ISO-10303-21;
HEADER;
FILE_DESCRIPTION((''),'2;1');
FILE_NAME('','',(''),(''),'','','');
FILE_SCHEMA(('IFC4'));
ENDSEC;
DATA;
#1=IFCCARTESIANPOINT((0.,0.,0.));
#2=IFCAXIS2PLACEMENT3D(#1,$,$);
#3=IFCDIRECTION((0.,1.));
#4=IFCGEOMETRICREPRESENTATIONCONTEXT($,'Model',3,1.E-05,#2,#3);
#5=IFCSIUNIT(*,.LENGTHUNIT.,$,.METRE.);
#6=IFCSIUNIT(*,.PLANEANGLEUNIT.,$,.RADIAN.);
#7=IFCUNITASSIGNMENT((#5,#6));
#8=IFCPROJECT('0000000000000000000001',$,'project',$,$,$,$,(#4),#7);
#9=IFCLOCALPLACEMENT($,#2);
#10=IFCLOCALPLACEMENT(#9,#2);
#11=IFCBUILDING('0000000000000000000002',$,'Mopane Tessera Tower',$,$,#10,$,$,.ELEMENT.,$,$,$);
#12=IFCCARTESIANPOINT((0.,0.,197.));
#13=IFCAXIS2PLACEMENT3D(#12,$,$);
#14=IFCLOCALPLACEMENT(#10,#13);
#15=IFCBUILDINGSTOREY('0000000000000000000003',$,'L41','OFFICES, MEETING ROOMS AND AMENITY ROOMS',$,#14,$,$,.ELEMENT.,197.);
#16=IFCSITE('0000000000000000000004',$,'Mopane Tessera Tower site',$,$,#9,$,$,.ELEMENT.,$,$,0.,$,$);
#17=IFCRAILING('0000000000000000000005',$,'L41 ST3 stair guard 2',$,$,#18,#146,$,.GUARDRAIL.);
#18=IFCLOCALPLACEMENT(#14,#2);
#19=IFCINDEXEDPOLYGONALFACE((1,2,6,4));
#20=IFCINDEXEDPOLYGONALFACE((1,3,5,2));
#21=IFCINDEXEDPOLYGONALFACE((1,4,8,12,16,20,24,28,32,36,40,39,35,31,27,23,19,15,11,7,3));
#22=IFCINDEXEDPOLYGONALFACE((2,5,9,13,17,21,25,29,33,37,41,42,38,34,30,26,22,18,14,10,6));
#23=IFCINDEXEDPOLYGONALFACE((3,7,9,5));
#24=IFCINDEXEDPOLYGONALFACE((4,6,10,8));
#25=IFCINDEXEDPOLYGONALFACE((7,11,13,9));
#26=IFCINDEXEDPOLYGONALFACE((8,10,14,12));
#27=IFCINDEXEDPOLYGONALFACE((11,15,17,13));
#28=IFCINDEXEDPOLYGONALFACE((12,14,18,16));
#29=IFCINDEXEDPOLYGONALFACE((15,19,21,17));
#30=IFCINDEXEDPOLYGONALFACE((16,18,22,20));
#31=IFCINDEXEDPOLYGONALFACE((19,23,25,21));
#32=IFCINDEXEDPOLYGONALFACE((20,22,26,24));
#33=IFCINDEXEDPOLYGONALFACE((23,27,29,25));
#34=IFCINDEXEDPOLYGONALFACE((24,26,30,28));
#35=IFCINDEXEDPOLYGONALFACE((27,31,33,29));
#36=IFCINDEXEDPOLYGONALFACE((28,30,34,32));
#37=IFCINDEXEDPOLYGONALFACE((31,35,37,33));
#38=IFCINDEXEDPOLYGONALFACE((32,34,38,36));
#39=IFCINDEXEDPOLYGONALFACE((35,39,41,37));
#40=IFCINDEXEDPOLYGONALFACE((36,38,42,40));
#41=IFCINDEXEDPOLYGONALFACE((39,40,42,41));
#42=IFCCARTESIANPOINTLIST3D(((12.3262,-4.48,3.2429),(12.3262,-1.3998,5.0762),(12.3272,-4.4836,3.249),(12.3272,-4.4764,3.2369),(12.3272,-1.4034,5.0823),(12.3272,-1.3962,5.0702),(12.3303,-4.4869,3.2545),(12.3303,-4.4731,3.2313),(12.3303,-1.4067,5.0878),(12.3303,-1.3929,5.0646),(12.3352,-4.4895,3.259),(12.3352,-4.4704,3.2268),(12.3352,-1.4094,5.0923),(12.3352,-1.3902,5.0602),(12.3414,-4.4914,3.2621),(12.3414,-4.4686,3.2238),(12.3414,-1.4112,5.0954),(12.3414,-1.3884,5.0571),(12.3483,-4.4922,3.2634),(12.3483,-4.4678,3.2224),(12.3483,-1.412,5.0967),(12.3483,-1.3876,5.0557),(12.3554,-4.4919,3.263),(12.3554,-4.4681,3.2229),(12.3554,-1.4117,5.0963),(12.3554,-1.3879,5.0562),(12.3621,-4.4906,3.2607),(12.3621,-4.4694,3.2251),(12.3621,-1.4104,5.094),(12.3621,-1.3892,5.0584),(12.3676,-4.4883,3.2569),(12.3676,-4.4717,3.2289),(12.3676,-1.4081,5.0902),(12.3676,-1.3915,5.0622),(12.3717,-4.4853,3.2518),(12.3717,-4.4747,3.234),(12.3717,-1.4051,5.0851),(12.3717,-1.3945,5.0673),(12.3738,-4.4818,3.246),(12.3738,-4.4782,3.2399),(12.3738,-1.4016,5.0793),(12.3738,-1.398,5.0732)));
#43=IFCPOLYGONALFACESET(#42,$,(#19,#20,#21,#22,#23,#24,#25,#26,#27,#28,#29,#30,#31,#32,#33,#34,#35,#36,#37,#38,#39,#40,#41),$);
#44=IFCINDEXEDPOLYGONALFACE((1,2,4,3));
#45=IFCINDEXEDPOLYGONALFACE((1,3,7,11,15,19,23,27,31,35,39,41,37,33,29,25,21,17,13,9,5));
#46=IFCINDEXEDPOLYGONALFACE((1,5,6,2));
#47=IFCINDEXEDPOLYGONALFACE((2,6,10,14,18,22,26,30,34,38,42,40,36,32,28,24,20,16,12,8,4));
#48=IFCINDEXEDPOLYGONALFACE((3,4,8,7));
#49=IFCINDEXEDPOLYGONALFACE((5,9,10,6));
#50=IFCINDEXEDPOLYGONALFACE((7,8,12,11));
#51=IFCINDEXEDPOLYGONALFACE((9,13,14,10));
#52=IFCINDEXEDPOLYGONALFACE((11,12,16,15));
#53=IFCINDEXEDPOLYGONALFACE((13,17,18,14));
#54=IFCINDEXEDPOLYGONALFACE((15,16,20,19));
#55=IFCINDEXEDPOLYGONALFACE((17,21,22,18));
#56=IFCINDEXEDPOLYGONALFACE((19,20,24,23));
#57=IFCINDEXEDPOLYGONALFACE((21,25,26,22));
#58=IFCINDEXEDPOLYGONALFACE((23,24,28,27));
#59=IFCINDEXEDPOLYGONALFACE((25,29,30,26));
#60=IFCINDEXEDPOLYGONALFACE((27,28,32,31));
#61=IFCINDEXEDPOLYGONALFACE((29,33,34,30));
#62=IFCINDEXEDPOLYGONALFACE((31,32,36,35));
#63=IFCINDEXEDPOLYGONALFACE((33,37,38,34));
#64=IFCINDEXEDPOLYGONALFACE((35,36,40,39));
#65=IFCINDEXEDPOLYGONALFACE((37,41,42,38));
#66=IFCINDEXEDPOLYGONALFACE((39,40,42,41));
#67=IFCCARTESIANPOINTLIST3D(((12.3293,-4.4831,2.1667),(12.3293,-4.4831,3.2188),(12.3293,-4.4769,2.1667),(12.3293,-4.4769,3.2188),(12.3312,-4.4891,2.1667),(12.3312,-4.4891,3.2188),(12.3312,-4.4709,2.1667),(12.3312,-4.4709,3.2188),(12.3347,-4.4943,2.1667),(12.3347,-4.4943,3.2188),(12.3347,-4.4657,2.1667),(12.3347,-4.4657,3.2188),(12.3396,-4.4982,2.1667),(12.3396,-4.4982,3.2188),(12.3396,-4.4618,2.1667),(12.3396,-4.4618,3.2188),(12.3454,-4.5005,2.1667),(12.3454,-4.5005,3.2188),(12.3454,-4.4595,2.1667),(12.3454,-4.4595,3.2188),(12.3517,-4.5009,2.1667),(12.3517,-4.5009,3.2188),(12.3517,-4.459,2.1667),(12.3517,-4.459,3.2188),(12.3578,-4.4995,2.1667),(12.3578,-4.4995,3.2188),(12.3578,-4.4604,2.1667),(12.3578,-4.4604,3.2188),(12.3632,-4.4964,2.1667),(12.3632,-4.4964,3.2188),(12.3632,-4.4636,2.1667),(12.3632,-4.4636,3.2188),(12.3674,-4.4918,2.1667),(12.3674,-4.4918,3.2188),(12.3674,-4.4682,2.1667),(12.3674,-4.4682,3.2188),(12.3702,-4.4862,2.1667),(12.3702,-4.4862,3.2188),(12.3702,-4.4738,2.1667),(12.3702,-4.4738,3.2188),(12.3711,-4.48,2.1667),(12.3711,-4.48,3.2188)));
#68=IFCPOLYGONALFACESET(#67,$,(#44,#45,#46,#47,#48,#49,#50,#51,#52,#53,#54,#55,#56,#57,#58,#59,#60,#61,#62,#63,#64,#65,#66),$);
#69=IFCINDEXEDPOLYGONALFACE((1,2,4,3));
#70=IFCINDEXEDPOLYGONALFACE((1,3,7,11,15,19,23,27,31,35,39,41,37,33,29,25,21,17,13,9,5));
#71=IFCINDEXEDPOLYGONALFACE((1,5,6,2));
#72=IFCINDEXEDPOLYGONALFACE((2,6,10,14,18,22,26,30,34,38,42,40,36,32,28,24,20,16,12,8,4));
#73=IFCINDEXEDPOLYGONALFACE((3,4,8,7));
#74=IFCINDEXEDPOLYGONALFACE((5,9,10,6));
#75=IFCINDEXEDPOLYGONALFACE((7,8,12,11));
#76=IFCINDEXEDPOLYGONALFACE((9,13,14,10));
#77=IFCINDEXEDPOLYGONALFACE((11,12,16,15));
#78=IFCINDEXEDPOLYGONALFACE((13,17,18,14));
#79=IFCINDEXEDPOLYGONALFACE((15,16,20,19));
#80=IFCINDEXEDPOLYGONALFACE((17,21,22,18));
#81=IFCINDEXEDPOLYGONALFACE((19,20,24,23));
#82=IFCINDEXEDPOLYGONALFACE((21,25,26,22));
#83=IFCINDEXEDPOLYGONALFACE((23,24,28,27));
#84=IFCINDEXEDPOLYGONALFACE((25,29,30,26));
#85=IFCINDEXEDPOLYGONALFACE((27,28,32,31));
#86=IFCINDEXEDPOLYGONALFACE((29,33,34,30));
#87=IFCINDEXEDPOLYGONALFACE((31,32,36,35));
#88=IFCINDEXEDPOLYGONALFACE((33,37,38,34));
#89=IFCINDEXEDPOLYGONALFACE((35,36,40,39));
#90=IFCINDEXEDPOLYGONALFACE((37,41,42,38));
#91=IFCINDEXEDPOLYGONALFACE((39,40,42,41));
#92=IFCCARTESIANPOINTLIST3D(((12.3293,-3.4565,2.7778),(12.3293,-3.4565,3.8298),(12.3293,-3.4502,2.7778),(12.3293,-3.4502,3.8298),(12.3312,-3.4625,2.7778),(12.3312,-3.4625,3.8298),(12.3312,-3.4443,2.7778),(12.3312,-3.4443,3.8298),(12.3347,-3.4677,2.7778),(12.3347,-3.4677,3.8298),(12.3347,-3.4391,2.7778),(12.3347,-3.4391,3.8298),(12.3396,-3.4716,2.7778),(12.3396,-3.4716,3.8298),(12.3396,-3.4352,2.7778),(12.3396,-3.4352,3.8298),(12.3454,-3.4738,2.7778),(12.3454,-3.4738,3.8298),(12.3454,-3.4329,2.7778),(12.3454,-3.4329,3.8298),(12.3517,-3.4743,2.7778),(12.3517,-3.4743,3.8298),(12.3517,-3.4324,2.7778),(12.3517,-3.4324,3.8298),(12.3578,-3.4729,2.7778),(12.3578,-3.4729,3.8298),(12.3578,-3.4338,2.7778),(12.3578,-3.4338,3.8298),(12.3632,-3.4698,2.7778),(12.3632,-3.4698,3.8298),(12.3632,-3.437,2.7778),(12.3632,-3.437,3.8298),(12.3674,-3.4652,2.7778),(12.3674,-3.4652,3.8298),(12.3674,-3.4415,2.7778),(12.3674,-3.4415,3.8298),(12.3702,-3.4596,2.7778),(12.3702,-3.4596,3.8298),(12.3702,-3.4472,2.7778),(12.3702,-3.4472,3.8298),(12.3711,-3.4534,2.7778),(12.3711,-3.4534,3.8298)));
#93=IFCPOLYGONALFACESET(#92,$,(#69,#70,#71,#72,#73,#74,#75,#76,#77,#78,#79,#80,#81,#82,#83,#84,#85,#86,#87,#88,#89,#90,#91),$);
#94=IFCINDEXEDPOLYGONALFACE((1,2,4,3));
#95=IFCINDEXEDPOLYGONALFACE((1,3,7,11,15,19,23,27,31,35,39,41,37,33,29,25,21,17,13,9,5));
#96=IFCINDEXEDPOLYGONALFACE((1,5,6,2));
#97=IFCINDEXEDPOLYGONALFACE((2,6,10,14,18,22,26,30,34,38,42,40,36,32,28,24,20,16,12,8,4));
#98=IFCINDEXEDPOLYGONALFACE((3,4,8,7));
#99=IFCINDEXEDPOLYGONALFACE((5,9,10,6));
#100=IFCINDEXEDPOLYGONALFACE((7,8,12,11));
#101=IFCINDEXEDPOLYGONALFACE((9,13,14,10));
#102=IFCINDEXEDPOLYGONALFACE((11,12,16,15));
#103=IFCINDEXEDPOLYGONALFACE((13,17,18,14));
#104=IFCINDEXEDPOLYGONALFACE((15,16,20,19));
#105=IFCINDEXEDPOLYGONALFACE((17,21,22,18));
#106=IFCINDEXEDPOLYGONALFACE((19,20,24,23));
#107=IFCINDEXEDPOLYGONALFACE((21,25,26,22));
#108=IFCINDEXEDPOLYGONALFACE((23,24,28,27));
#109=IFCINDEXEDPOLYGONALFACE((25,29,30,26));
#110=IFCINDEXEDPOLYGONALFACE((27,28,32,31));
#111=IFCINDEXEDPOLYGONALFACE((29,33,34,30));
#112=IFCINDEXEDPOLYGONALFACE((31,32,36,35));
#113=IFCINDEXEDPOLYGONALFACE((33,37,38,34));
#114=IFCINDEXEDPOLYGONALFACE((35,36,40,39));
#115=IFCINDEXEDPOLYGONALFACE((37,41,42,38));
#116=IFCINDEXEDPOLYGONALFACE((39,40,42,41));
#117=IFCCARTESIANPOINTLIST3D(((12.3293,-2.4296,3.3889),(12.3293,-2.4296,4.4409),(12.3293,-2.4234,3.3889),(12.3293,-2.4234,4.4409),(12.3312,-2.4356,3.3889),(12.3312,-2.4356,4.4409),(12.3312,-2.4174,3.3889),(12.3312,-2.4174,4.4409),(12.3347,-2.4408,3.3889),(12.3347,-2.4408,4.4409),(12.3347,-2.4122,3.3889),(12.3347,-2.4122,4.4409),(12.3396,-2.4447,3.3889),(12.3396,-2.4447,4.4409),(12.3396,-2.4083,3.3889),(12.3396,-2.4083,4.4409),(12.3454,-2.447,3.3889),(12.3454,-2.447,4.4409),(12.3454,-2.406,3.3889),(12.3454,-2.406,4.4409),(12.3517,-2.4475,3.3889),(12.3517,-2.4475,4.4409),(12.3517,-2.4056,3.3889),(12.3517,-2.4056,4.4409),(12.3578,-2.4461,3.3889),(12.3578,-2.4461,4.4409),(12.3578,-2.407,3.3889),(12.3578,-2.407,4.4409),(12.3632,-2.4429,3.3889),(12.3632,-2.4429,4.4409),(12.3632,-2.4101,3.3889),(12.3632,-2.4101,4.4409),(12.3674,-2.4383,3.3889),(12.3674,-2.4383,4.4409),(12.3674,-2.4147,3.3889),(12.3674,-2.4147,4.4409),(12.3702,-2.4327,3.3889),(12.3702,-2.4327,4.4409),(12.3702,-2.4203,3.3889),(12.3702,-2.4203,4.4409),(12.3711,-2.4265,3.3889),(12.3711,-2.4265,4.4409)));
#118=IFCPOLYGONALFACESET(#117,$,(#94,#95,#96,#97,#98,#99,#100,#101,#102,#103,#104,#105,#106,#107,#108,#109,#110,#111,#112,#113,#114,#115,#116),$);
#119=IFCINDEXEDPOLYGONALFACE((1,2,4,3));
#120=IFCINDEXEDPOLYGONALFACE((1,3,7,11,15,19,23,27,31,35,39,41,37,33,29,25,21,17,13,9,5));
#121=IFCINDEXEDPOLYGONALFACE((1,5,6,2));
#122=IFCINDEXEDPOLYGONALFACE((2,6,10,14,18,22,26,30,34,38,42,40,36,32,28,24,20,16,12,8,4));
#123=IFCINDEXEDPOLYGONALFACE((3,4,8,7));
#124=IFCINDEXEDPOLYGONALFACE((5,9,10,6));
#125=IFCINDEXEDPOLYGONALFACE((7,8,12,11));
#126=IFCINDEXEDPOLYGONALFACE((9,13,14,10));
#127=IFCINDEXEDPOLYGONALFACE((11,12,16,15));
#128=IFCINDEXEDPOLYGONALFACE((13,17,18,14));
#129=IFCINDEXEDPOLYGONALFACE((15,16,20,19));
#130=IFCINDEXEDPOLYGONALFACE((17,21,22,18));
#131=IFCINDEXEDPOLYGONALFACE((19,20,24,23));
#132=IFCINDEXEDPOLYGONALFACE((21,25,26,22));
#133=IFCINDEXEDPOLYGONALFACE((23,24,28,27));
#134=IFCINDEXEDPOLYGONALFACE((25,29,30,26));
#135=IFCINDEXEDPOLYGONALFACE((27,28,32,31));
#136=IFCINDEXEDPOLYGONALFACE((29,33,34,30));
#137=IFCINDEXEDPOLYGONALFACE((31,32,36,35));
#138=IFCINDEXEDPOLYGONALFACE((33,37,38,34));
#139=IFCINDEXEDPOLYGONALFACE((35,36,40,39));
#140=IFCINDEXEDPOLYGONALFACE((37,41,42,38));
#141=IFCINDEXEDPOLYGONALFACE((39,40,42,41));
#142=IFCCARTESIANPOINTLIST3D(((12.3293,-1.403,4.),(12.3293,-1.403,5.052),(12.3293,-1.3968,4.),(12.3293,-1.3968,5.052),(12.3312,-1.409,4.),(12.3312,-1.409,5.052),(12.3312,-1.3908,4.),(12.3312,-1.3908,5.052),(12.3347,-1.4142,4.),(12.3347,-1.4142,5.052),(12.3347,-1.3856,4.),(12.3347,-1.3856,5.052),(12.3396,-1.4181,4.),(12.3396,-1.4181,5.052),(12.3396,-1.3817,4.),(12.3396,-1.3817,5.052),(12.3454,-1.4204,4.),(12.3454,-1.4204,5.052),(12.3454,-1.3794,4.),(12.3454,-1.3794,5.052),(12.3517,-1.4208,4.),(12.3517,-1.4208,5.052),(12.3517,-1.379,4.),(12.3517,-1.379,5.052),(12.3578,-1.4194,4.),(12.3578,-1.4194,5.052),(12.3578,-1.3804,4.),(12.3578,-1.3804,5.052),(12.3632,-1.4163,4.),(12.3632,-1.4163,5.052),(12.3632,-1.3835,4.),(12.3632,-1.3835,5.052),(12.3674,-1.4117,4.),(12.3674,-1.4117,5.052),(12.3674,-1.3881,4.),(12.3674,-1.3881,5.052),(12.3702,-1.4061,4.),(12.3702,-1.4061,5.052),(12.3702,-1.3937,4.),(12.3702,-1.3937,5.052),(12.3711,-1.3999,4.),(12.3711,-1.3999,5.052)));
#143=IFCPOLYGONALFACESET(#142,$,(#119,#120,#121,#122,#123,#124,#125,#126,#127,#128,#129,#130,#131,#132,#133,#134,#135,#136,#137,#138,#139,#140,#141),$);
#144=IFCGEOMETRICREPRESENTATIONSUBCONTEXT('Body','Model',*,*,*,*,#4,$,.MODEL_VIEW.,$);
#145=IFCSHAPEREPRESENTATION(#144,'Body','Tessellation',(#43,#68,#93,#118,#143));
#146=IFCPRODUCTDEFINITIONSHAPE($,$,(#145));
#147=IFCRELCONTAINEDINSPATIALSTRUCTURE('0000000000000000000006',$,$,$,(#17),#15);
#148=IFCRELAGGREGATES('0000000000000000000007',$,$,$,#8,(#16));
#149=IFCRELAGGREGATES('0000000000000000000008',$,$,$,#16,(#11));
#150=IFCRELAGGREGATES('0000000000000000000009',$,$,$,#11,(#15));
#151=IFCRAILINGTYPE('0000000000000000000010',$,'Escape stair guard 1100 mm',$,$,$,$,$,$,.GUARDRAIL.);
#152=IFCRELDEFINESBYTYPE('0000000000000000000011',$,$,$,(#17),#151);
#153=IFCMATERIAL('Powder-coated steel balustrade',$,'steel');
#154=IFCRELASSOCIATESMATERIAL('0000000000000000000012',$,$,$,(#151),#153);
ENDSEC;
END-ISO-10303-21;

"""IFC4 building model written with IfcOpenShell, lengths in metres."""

from ifc_helpers import new_model, si_unit, direction, frame, origin, origin_2d, place, context, subcontext, project, spatial, circle, extrude, material, type_object, element, save


model = new_model("IFC4")

# Units and contexts
model_context = context("Model", 3, precision=1e-05, world=origin(), true_north=direction((0.0, 1.0)))
body_context = subcontext(model_context, "Body", "Model", "MODEL_VIEW")
ifc_project = project(units=[si_unit("LENGTHUNIT", "METRE"), si_unit("PLANEANGLEUNIT", "RADIAN")], contexts=[model_context])

# Site, building, storey
site_placement = place(None, origin())
site = spatial("IfcSite", under=ifc_project, at=site_placement, Name="Mopane Tessera Tower site", CompositionType="ELEMENT", RefElevation=0.0)
building_placement = place(site_placement, origin())
building = spatial("IfcBuilding", under=site, at=building_placement, Name="Mopane Tessera Tower", CompositionType="ELEMENT")
storey_placement = place(building_placement, frame((0.0, 0.0, 197.0)))
storey = spatial("IfcBuildingStorey", under=building, at=storey_placement, Name="L41", Description="OFFICES, MEETING ROOMS AND AMENITY ROOMS", CompositionType="ELEMENT", Elevation=197.0)

# Railing
ifc_material_1 = material(Name="Powder-coated steel balustrade", Category="steel")
railing_type_1 = type_object("IfcRailingType", Name="Escape stair guard 1100 mm", PredefinedType="GUARDRAIL", material=ifc_material_1)
railing_1_placement = place(storey_placement, frame((12.3501, -4.48, 2.1667)))
element("IfcRailing", 1, at=railing_1_placement, inside=storey, type_object=railing_type_1, Name="L41 ST3 stair guard 2", PredefinedType="GUARDRAIL", context=body_context, shape_type="SweptSolid", body=[
    extrude(circle(Radius=0.0239, at=origin_2d()), frame((0.0, 0.0, 1.0762), z_axis=(0.0, 0.859309, 0.511458), x_axis=(-1.0, 0.0, 0.0)), (0.0, 0.0, 1.0), 3.5845),
    extrude(circle(Radius=0.021, at=origin_2d()), origin(), (0.0, 0.0, 1.0), 1.052),
    extrude(circle(Radius=0.021, at=origin_2d()), frame((0.0, 1.0266, 0.6111)), (0.0, 0.0, 1.0), 1.052),
    extrude(circle(Radius=0.021, at=origin_2d()), frame((0.0, 2.0535, 1.2222)), (0.0, 0.0, 1.0), 1.052),
    extrude(circle(Radius=0.021, at=origin_2d()), frame((0.0, 3.0801, 1.8333)), (0.0, 0.0, 1.0), 1.052),
])

save(model, "model.ifc")
